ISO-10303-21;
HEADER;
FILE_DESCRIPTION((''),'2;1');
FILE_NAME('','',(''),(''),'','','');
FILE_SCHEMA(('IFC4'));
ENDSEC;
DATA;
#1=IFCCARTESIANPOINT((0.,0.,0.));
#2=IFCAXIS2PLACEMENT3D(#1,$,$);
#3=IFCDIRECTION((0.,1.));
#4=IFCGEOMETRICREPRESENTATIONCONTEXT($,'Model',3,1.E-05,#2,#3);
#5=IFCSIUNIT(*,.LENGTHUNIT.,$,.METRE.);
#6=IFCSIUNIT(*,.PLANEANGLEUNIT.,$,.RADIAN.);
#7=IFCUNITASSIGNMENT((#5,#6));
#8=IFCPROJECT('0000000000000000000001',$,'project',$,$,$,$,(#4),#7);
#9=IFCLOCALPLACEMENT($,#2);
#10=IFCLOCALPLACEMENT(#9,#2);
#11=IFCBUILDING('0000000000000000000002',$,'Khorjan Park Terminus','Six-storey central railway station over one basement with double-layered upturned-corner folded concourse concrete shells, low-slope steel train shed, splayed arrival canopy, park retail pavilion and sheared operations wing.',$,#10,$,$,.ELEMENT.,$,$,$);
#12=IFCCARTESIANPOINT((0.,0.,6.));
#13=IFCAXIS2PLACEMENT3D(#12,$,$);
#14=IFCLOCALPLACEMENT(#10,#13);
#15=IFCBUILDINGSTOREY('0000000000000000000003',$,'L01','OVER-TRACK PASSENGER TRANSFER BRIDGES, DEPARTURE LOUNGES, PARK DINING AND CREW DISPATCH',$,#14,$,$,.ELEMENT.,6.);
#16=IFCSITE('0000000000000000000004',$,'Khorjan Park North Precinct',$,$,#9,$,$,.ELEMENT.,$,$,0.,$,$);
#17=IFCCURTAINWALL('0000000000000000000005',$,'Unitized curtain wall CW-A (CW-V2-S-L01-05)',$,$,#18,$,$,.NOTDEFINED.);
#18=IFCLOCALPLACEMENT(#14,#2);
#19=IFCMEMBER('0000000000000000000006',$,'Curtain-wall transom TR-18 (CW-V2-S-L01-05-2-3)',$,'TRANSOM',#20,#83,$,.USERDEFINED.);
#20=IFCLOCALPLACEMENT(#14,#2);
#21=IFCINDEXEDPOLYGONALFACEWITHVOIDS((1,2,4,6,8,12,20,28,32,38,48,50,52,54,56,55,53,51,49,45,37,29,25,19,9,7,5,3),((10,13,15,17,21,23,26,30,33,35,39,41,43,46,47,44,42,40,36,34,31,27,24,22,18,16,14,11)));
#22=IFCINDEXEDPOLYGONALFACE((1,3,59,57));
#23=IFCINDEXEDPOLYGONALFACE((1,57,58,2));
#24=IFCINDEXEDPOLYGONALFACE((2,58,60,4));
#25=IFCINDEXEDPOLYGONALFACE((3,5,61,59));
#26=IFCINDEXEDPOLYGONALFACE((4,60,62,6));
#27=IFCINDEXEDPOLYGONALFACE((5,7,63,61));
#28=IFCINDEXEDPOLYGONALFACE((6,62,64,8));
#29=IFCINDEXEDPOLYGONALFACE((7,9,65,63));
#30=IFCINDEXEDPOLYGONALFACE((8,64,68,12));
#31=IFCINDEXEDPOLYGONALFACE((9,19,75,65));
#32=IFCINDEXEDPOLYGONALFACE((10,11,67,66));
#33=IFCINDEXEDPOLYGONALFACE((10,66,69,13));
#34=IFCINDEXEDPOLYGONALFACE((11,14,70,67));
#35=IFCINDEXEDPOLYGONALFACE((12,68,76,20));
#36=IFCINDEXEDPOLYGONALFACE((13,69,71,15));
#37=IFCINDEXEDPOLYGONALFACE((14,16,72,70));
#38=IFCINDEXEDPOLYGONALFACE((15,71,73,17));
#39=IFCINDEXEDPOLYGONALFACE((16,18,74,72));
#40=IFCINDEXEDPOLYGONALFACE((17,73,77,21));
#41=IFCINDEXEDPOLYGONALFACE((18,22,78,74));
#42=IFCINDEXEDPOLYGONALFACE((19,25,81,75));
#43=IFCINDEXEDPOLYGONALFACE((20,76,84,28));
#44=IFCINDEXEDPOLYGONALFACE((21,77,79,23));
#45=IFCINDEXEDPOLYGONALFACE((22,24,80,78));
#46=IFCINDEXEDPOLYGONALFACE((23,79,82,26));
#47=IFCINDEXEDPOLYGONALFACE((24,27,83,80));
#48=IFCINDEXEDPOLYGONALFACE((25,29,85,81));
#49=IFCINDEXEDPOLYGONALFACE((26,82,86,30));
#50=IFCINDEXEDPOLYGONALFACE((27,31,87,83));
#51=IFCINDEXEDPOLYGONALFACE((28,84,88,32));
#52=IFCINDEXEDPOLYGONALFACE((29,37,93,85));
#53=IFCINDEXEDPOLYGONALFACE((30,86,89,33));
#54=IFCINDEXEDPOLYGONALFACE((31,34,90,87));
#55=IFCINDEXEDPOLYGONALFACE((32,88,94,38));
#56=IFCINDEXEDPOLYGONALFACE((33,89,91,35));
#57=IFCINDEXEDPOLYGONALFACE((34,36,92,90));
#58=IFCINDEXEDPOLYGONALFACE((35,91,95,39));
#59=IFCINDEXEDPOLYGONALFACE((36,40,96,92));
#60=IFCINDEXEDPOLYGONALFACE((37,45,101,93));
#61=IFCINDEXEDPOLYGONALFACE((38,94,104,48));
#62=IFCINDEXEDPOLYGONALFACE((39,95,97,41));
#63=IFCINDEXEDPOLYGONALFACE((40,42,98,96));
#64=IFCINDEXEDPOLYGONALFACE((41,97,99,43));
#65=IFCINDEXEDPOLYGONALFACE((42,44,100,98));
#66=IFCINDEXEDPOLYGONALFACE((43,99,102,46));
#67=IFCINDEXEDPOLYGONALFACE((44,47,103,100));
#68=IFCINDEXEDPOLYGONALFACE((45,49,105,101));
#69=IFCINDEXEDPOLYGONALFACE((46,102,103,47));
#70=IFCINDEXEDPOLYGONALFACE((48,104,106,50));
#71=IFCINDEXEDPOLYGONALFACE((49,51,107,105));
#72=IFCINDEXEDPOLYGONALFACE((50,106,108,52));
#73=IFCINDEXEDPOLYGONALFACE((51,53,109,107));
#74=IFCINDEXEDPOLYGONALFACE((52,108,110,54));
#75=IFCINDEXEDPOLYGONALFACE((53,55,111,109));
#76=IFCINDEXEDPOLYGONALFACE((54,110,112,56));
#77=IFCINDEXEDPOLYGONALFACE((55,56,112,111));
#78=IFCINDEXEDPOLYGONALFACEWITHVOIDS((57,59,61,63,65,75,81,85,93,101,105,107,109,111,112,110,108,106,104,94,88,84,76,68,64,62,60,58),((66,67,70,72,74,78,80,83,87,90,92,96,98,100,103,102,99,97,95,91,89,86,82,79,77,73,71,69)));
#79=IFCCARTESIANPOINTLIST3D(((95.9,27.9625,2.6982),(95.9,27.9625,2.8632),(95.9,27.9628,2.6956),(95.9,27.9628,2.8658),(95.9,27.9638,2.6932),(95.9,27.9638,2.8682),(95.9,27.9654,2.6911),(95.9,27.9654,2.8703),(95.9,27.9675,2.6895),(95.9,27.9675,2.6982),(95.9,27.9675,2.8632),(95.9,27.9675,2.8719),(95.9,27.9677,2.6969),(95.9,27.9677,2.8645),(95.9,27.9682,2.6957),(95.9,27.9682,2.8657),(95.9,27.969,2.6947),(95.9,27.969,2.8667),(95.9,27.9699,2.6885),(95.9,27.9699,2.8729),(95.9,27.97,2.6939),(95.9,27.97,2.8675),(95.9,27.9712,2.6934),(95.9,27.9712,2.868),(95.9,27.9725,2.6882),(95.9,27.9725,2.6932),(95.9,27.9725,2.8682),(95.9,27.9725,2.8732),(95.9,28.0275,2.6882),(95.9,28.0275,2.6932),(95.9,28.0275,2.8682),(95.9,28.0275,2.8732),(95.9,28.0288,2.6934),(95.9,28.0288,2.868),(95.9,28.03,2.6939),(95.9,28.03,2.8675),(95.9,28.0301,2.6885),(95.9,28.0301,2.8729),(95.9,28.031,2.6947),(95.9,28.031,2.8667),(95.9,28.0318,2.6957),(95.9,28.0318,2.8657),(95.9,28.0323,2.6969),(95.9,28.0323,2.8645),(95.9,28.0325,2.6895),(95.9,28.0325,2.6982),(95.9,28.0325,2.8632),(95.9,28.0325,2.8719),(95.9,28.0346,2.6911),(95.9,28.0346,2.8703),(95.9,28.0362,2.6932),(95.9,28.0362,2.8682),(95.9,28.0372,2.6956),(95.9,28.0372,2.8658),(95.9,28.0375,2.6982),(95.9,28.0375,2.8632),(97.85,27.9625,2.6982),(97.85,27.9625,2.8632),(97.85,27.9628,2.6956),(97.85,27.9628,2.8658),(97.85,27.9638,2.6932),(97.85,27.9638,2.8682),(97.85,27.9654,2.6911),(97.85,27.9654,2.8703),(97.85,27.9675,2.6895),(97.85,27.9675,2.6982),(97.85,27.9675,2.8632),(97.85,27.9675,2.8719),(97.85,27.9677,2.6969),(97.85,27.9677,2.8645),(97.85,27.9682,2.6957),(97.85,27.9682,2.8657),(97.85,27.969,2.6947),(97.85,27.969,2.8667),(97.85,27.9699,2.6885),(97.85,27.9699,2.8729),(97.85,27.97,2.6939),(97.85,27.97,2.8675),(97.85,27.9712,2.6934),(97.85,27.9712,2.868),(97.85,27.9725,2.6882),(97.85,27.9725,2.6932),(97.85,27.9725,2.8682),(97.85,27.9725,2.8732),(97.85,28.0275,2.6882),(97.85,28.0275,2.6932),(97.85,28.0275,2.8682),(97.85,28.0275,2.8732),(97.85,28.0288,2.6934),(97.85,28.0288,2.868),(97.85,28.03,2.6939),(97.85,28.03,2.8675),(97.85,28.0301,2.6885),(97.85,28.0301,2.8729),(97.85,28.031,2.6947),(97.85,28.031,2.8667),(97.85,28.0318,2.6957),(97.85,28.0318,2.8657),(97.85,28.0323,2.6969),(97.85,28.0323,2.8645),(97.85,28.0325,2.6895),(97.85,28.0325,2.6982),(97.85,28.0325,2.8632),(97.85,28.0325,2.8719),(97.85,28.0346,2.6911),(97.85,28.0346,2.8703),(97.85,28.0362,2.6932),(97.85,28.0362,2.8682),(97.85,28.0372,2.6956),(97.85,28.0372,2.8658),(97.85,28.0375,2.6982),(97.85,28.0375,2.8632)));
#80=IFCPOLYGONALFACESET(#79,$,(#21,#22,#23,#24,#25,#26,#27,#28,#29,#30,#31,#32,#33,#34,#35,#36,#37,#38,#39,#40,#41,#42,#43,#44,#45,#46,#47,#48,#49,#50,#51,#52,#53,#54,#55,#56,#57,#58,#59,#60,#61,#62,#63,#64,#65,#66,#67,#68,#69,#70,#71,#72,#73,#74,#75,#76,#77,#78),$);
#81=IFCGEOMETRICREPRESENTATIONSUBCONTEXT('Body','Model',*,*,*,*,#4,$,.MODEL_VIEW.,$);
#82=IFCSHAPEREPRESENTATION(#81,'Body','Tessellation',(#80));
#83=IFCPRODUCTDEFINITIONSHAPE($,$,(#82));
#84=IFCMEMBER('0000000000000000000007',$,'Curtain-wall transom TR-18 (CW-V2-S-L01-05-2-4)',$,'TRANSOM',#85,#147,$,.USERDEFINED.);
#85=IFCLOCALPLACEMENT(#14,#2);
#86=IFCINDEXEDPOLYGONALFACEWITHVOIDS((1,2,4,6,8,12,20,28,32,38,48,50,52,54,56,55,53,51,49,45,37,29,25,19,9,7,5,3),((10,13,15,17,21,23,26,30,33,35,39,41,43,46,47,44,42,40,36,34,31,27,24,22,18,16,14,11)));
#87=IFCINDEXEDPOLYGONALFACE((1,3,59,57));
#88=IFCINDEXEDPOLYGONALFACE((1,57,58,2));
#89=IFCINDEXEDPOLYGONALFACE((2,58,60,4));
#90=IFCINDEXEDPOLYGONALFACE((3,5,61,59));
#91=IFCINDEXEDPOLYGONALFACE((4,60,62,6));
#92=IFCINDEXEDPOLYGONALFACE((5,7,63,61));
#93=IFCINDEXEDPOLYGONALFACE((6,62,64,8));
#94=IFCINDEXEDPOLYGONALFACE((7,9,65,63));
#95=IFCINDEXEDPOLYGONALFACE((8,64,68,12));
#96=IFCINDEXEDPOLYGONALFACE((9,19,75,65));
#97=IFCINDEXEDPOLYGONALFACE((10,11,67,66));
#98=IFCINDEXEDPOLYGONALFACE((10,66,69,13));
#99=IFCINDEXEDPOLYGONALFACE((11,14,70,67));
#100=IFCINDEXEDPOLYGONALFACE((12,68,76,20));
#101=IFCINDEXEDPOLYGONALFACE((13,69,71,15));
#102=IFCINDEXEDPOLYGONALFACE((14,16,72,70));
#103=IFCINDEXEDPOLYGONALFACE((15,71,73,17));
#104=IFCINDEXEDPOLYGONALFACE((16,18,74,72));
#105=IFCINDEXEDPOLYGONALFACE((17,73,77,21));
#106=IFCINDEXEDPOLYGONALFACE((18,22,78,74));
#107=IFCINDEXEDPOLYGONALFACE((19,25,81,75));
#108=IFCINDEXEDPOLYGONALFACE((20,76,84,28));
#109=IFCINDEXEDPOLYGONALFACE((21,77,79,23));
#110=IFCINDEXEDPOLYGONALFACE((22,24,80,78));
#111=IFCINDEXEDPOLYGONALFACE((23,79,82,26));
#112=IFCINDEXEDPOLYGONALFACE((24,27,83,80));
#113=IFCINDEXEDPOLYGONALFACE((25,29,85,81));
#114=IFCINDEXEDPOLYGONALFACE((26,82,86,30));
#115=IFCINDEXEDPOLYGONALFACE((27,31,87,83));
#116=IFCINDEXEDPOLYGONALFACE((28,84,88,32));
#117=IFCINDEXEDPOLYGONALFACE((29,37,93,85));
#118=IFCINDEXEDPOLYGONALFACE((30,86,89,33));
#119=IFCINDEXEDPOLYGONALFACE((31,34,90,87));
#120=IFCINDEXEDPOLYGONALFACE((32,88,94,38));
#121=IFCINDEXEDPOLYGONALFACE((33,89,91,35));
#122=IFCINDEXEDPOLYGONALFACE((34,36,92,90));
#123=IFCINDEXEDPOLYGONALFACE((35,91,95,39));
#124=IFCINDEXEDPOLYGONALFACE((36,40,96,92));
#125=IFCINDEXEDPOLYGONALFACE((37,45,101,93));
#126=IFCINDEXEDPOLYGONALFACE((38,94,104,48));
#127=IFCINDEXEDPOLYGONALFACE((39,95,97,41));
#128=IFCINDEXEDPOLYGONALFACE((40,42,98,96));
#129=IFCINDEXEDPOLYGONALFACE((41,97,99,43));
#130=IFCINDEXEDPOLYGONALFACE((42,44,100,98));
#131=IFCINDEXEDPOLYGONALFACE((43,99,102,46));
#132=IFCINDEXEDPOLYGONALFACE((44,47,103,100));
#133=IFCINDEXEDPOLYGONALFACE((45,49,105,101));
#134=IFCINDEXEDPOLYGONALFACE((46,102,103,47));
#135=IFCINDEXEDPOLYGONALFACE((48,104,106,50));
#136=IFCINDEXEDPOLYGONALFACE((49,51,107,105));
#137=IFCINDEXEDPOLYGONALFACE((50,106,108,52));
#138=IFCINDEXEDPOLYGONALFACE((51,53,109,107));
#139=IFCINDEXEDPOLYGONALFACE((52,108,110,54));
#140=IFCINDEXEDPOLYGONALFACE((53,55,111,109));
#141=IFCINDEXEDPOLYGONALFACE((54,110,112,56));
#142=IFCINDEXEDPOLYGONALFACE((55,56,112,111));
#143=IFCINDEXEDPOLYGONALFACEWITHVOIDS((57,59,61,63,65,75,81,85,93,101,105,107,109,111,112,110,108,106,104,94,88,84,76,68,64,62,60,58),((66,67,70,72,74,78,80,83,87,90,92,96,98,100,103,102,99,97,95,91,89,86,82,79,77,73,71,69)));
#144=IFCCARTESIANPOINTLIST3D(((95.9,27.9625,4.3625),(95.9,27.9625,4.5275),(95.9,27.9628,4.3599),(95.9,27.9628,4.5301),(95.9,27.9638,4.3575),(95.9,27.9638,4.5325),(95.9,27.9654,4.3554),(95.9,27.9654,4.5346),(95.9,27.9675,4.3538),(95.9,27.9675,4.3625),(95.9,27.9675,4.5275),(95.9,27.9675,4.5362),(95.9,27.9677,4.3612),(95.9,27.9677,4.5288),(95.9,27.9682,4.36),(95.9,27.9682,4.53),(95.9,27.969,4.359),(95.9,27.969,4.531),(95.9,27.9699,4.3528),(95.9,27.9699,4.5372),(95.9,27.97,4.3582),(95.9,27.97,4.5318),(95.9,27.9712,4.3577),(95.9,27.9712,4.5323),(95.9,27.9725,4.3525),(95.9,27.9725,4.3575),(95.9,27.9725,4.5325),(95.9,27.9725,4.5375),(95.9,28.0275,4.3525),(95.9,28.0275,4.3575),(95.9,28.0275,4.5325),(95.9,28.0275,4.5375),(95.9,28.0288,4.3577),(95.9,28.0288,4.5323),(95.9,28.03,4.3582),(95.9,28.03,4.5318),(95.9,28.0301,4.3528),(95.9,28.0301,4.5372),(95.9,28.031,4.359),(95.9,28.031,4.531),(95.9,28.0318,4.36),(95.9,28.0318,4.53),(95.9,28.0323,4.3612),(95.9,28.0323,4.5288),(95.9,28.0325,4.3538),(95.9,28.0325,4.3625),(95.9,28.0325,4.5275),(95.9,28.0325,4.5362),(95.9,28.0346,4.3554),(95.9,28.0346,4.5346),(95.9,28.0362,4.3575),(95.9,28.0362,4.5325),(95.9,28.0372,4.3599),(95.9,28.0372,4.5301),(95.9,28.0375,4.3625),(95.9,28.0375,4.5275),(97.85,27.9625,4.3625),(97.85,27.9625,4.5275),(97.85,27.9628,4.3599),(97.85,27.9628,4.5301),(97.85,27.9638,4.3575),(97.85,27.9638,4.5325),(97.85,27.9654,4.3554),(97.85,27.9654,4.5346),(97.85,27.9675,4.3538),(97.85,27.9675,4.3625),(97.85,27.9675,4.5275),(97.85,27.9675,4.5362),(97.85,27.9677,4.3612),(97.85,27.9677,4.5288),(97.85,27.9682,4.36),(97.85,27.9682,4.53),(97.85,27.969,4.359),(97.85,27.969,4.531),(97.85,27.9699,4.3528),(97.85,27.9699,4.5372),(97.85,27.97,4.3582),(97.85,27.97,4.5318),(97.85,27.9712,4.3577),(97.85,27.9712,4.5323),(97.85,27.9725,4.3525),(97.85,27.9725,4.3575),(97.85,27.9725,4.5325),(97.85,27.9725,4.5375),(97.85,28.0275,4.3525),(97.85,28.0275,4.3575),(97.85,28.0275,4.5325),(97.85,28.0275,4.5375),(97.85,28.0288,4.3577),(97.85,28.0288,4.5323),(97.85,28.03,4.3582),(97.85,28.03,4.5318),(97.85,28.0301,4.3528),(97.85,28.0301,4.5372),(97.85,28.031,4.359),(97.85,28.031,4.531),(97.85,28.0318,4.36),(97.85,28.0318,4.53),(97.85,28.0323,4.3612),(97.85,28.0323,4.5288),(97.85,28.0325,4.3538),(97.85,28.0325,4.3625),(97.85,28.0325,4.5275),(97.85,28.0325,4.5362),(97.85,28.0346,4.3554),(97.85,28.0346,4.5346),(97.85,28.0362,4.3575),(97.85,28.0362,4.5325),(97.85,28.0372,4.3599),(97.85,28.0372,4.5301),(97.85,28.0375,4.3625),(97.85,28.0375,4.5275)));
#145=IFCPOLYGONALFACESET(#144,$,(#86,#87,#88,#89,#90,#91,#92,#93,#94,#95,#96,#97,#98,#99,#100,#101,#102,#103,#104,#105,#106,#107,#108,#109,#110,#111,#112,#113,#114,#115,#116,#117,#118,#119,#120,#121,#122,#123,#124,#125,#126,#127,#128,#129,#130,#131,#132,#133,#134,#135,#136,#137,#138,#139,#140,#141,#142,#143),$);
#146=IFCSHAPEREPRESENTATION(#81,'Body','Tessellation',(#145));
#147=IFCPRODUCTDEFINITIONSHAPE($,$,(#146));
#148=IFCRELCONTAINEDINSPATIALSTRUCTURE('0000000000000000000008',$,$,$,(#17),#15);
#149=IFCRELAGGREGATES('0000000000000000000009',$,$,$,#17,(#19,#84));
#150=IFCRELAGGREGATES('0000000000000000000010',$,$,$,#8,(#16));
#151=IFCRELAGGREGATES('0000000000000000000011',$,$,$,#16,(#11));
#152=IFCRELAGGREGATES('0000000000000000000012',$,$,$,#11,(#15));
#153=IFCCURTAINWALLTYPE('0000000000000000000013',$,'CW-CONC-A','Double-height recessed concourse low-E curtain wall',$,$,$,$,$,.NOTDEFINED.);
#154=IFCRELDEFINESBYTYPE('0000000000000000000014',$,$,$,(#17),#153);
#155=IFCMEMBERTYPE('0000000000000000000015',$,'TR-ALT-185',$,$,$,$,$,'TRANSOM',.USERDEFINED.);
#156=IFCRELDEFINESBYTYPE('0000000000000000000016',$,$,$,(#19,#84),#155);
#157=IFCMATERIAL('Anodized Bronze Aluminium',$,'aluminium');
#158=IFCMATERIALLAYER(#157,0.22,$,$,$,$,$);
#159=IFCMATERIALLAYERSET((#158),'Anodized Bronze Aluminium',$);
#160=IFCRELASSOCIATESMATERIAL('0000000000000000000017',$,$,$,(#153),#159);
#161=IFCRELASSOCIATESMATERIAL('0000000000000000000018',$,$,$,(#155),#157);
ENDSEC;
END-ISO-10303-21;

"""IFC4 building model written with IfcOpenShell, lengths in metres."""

from ifc_helpers import new_model, si_unit, direction, frame, origin, origin_2d, place, context, subcontext, project, spatial, hollow_rectangle, extrude, material, layer, layer_set, material_profile, profile_set, type_object, element, aggregate, save


model = new_model("IFC4")

# Units and contexts
model_context = context("Model", 3, precision=1e-05, world=origin(), true_north=direction((0.0, 1.0)))
body_context = subcontext(model_context, "Body", "Model", "MODEL_VIEW")
ifc_project = project(units=[si_unit("LENGTHUNIT", "METRE"), si_unit("PLANEANGLEUNIT", "RADIAN")], contexts=[model_context])

# Site, building, storey
site_placement = place(None, origin())
site = spatial("IfcSite", under=ifc_project, at=site_placement, Name="Khorjan Park North Precinct", CompositionType="ELEMENT", RefElevation=0.0)
building_placement = place(site_placement, origin())
building = spatial("IfcBuilding", under=site, at=building_placement, Name="Khorjan Park Terminus", Description="Six-storey central railway station over one basement with double-layered upturned-corner folded concourse concrete shells, low-slope steel train shed, splayed arrival canopy, park retail pavilion and sheared operations wing.", CompositionType="ELEMENT")
storey_placement = place(building_placement, frame((0.0, 0.0, 6.0)))
storey = spatial("IfcBuildingStorey", under=building, at=storey_placement, Name="L01", Description="OVER-TRACK PASSENGER TRANSFER BRIDGES, DEPARTURE LOUNGES, PARK DINING AND CREW DISPATCH", CompositionType="ELEMENT", Elevation=6.0)

# Shared definitions
ifc_material_1 = material(Name="Anodized Bronze Aluminium", Category="aluminium")
ifc_layer_1 = layer(ifc_material_1, 0.22)
ifc_layer_set_1 = layer_set([ifc_layer_1], Name="Anodized Bronze Aluminium")
curtain_wall_type = type_object("IfcCurtainWallType", Name="CW-CONC-A", Description="Double-height recessed concourse low-E curtain wall", PredefinedType="NOTDEFINED", material=ifc_layer_set_1)

# Curtain wall
curtain_wall_1_placement = place(storey_placement, origin())
curtain_wall_1 = element("IfcCurtainWall", 1, at=curtain_wall_1_placement, inside=storey, type_object=curtain_wall_type, Name="Unitized curtain wall CW-A (CW-V2-S-L01-05)", PredefinedType="NOTDEFINED")

# Members
ifc_material_profile_1 = material_profile(ifc_material_1, hollow_rectangle(XDim=0.075, YDim=0.185, WallThickness=0.005, InnerFilletRadius=0.005, OuterFilletRadius=0.01, at=origin_2d()), Name="ALT 75x185x5")
ifc_profile_set_1 = profile_set([ifc_material_profile_1], Name="Anodized Bronze Aluminium")
member_type_1 = type_object("IfcMemberType", Name="TR-ALT-185", ElementType="TRANSOM", PredefinedType="USERDEFINED", material=ifc_profile_set_1)
member_1_placement = place(storey_placement, frame((95.9, 28.0, 2.7807), z_axis=(1.0, 0.0, 0.0), x_axis=(0.0, 1.0, 0.0)))
member_1 = element("IfcMember", 2, at=member_1_placement, type_object=member_type_1, Name="Curtain-wall transom TR-18 (CW-V2-S-L01-05-2-3)", ObjectType="TRANSOM", PredefinedType="USERDEFINED", context=body_context, shape_type="SweptSolid", body=[
    extrude(hollow_rectangle(XDim=0.075, YDim=0.185, WallThickness=0.005, InnerFilletRadius=0.005, OuterFilletRadius=0.01, at=origin_2d()), origin(), (0.0, 0.0, 1.0), 1.95),
])
member_2_placement = place(storey_placement, frame((95.9, 28.0, 4.445), z_axis=(1.0, 0.0, 0.0), x_axis=(0.0, 1.0, 0.0)))
member_2 = element("IfcMember", 3, at=member_2_placement, type_object=member_type_1, Name="Curtain-wall transom TR-18 (CW-V2-S-L01-05-2-4)", ObjectType="TRANSOM", PredefinedType="USERDEFINED", context=body_context, shape_type="SweptSolid", body=[
    extrude(hollow_rectangle(XDim=0.075, YDim=0.185, WallThickness=0.005, InnerFilletRadius=0.005, OuterFilletRadius=0.01, at=origin_2d()), origin(), (0.0, 0.0, 1.0), 1.95),
])

aggregate(curtain_wall_1, [member_1, member_2])

save(model, "model.ifc")
